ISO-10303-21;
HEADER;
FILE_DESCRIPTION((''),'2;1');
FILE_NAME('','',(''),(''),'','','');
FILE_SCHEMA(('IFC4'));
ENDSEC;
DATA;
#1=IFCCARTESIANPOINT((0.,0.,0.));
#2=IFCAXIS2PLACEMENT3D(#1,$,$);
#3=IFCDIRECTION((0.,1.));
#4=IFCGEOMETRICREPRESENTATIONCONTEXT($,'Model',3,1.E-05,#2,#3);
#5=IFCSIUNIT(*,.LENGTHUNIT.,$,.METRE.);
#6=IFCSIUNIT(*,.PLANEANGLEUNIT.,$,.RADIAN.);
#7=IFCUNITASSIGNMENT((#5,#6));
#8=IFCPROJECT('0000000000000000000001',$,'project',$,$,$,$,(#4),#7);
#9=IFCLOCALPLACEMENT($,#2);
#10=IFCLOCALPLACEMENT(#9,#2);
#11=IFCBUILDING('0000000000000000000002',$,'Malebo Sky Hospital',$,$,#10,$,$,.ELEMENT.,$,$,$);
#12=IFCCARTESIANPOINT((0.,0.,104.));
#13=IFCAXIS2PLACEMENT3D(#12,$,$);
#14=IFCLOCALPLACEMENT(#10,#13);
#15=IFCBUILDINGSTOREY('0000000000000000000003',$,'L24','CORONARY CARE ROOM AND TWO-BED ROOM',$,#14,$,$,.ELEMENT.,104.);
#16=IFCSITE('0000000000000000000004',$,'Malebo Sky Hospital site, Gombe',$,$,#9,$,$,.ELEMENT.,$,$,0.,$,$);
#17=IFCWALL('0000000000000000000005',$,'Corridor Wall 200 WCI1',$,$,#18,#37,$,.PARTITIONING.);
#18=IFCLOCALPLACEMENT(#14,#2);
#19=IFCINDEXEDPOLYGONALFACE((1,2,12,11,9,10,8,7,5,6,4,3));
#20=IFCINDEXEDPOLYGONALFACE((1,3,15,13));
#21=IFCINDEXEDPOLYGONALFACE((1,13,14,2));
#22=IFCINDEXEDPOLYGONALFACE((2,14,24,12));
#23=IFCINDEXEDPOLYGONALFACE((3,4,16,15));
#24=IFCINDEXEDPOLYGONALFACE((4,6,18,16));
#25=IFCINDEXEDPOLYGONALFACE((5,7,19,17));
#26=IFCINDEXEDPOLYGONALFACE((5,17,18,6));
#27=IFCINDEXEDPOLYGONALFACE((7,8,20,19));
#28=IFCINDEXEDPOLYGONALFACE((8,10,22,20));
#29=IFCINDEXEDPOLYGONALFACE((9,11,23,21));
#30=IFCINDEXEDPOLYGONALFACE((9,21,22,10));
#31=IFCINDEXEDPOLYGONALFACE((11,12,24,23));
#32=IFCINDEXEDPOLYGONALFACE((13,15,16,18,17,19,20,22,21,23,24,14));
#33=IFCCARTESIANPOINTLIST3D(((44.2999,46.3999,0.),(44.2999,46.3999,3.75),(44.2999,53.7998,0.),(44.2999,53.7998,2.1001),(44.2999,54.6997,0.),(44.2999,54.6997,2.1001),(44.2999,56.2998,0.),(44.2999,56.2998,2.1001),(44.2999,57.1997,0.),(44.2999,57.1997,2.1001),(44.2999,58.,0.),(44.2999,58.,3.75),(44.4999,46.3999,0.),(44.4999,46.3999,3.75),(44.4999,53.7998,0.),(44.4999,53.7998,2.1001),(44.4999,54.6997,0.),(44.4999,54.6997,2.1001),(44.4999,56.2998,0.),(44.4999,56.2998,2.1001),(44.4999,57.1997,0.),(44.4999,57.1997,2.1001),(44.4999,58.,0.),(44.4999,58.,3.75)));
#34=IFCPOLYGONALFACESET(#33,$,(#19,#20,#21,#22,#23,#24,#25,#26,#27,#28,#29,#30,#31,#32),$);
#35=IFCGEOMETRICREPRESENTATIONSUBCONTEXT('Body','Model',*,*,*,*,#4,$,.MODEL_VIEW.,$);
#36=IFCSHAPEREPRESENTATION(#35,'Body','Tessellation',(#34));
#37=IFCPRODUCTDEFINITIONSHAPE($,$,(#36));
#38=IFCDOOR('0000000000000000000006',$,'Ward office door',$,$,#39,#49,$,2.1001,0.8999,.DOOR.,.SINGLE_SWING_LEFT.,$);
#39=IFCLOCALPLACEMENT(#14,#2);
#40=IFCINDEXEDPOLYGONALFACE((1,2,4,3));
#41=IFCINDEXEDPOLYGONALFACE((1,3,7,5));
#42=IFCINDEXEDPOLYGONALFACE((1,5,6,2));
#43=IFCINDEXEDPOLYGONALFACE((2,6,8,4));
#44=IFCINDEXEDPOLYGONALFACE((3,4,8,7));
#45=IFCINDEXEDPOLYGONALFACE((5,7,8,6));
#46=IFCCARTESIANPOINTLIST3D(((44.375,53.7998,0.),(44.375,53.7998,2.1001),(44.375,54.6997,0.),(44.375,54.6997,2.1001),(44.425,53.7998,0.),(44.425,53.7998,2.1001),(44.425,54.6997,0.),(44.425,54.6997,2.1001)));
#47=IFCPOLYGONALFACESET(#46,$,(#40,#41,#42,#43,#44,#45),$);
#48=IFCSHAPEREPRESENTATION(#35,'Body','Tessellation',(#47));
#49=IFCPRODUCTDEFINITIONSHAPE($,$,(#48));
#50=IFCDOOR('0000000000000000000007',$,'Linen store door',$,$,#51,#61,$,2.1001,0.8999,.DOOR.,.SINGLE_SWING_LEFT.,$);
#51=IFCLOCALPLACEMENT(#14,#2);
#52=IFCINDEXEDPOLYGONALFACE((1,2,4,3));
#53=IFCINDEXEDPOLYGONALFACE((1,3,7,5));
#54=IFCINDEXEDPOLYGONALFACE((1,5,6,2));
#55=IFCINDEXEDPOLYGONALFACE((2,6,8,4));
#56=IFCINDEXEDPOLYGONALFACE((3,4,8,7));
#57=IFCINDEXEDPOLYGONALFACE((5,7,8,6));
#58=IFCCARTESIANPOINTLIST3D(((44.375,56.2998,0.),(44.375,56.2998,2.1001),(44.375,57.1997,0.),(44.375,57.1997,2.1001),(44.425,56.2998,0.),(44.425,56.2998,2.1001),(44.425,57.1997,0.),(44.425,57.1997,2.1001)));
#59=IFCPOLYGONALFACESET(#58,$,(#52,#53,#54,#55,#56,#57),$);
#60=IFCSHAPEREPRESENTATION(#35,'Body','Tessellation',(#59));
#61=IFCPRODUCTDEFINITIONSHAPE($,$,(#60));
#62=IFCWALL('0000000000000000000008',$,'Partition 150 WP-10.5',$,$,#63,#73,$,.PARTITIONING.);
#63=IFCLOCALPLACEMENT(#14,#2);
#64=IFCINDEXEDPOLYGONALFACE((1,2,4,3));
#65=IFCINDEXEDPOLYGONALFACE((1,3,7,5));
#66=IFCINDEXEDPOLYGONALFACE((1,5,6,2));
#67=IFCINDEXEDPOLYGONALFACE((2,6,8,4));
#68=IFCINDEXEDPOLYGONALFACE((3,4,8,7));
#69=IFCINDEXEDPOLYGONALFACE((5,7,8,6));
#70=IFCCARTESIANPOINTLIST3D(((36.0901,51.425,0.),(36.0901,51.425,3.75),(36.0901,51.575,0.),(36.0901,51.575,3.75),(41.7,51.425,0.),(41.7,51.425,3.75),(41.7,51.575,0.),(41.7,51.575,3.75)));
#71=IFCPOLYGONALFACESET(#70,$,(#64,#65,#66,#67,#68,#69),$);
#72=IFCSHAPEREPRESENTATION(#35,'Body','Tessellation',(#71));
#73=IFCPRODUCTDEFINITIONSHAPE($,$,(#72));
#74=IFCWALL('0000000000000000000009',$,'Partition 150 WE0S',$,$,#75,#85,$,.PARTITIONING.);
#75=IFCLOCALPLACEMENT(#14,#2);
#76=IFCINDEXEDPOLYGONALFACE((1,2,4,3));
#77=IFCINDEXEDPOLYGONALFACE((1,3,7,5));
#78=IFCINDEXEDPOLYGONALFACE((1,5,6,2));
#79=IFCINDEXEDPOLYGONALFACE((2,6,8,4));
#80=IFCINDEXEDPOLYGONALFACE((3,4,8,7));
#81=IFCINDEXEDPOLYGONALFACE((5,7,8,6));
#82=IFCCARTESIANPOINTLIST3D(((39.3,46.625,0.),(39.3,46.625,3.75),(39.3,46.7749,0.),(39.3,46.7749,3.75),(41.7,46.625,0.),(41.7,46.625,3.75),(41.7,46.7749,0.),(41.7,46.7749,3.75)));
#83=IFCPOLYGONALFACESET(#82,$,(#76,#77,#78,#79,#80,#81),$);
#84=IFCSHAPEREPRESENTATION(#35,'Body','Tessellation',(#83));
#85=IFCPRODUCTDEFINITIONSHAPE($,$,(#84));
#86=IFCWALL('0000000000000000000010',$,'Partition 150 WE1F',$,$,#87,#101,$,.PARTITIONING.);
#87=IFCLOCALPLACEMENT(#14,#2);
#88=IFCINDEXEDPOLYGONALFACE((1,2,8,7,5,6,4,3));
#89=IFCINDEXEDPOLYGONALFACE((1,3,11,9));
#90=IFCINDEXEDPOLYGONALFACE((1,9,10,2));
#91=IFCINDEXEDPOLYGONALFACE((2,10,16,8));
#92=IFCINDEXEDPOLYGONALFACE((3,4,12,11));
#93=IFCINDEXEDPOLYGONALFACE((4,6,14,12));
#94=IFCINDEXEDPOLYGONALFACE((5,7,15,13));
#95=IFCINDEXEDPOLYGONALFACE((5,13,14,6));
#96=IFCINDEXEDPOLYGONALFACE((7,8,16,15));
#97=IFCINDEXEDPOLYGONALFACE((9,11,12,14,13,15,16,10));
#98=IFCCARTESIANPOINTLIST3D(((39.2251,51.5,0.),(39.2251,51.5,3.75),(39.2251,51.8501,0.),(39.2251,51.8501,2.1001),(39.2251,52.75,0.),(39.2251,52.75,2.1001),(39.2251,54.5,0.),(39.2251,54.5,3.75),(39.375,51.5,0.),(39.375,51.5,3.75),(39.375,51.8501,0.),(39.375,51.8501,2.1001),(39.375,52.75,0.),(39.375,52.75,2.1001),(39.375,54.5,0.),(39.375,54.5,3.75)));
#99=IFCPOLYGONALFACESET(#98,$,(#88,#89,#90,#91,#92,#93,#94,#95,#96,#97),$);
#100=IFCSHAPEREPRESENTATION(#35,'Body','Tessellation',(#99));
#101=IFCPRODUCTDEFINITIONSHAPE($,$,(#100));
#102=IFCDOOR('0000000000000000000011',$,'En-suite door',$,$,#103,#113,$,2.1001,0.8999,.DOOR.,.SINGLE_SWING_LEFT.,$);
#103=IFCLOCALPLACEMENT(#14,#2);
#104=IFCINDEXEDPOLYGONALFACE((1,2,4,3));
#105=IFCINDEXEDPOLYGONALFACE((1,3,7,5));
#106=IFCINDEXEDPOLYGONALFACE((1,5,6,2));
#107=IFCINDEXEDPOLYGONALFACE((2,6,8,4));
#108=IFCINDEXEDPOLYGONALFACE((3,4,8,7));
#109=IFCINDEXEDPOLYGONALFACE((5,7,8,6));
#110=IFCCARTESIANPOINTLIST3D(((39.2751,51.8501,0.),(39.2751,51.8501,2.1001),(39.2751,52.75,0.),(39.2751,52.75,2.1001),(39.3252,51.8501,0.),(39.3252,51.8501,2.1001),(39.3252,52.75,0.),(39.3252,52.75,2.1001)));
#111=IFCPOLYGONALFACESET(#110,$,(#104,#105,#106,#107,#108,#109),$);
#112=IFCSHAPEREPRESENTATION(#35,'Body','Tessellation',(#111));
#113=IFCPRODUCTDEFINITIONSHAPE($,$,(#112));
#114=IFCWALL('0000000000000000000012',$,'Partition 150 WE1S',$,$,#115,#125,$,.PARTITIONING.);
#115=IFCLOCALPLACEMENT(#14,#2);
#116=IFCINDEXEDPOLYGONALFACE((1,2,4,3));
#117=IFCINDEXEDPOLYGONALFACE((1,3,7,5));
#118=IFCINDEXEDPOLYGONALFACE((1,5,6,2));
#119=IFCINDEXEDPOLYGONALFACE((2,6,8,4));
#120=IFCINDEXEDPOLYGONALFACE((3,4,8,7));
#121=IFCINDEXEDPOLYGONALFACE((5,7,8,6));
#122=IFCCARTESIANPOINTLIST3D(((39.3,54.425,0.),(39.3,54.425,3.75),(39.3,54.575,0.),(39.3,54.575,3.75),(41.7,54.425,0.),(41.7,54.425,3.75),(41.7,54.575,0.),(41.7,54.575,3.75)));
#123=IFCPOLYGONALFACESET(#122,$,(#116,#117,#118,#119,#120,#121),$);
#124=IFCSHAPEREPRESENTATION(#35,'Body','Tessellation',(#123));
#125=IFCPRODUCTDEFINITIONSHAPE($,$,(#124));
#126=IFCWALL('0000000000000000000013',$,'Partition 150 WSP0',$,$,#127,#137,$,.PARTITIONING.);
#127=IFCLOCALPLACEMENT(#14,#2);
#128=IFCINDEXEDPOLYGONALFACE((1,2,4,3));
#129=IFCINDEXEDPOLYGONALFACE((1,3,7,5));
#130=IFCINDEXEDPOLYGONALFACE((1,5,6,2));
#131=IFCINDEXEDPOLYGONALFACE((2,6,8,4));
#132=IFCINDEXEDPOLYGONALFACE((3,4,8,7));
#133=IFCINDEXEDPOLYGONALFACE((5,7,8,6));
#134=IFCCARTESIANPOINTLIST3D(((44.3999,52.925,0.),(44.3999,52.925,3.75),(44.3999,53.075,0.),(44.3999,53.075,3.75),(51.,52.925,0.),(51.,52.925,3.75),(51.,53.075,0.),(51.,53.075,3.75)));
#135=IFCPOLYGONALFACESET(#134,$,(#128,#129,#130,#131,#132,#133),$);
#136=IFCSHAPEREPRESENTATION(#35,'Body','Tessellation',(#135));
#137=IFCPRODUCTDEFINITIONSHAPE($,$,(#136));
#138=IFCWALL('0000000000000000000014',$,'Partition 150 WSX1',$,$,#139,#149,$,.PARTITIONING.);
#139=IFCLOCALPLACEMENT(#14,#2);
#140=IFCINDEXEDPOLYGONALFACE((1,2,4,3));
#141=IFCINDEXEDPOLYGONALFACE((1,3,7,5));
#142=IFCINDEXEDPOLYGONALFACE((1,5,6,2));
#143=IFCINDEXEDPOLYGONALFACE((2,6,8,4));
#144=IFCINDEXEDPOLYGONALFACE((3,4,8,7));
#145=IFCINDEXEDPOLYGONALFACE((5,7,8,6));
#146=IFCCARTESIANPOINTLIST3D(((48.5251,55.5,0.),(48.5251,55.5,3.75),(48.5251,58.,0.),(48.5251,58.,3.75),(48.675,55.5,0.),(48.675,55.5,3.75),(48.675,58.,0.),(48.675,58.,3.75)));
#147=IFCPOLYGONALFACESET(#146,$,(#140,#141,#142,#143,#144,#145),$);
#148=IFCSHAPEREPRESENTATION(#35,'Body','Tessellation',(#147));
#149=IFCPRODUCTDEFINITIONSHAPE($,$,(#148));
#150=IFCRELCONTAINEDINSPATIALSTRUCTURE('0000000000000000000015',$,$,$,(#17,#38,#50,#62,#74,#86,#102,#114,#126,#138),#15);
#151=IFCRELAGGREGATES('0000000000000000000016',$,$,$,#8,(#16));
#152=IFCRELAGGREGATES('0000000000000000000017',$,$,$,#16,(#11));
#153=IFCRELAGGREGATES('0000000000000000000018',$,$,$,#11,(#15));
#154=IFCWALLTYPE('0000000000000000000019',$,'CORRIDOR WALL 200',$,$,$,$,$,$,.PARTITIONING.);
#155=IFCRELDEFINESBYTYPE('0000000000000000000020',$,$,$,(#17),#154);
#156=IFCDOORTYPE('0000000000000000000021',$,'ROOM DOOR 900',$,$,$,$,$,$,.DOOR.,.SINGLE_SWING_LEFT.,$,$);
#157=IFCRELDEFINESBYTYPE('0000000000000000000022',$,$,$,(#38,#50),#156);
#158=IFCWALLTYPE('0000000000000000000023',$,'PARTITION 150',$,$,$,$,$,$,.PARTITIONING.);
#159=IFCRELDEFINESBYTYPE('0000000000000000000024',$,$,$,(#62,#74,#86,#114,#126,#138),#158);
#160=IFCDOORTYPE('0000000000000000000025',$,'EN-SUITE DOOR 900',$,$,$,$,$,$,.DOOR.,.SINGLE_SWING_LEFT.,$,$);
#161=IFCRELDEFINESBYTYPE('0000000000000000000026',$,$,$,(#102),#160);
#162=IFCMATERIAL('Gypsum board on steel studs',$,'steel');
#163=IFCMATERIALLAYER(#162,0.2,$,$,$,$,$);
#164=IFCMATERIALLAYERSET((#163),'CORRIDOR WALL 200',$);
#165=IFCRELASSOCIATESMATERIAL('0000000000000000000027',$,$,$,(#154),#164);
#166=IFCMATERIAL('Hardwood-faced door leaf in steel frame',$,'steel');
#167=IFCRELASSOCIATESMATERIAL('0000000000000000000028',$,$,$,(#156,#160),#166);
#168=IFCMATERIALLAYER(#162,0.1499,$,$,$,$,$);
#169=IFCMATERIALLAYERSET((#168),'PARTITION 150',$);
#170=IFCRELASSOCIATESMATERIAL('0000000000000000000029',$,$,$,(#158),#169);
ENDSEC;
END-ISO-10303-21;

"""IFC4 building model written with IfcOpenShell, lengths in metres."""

from ifc_helpers import new_model, si_unit, direction, frame, frame_2d, origin, place, context, subcontext, project, spatial, rectangle, extrude, material, layer, layer_set, type_object, element, fill, save


model = new_model("IFC4")

# Units and contexts
model_context = context("Model", 3, precision=1e-05, world=origin(), true_north=direction((0.0, 1.0)))
body_context = subcontext(model_context, "Body", "Model", "MODEL_VIEW")
ifc_project = project(units=[si_unit("LENGTHUNIT", "METRE"), si_unit("PLANEANGLEUNIT", "RADIAN")], contexts=[model_context])

# Site, building, storey
site_placement = place(None, origin())
site = spatial("IfcSite", under=ifc_project, at=site_placement, Name="Malebo Sky Hospital site, Gombe", CompositionType="ELEMENT", RefElevation=0.0)
building_placement = place(site_placement, origin())
building = spatial("IfcBuilding", under=site, at=building_placement, Name="Malebo Sky Hospital", CompositionType="ELEMENT")
storey_placement = place(building_placement, frame((0.0, 0.0, 104.0)))
storey = spatial("IfcBuildingStorey", under=building, at=storey_placement, Name="L24", Description="CORONARY CARE ROOM AND TWO-BED ROOM", CompositionType="ELEMENT", Elevation=104.0)

# Wall, openings, doors
ifc_material_1 = material(Name="Gypsum board on steel studs", Category="steel")
ifc_layer_1 = layer(ifc_material_1, 0.2)
ifc_layer_set_1 = layer_set([ifc_layer_1], Name="CORRIDOR WALL 200")
wall_type_1 = type_object("IfcWallType", Name="CORRIDOR WALL 200", PredefinedType="PARTITIONING", material=ifc_layer_set_1)
wall_1_placement = place(storey_placement, frame((44.3999, 46.3999, 0.0), z_axis=(0.0, 0.0, 1.0), x_axis=(0.0, 1.0, 0.0)))
wall_1 = element("IfcWall", 1, at=wall_1_placement, inside=storey, type_object=wall_type_1, Name="Corridor Wall 200 WCI1", PredefinedType="PARTITIONING", context=body_context, shape_type="SweptSolid", body=[
    extrude(rectangle(XDim=11.6001, YDim=0.2, at=frame_2d((5.8, 0.0))), origin(), (0.0, 0.0, 1.0), 3.75),
])
opening_1_placement = place(wall_1_placement, frame((7.3999, 0.0, 0.0)))
opening_1 = element("IfcOpeningElement", 2, at=opening_1_placement, cuts=wall_1, PredefinedType="OPENING", context=body_context, shape_type="SweptSolid", body=[
    extrude(rectangle(XDim=0.8999, YDim=2.1001, at=frame_2d((0.45, 1.05))), frame((0.0, 0.1099, 0.0), z_axis=(0.0, -1.0, 0.0), x_axis=(1.0, 0.0, 0.0)), (0.0, 0.0, 1.0), 0.22),
])
opening_2_placement = place(wall_1_placement, frame((9.8999, 0.0, 0.0)))
opening_2 = element("IfcOpeningElement", 3, at=opening_2_placement, cuts=wall_1, PredefinedType="OPENING", context=body_context, shape_type="SweptSolid", body=[
    extrude(rectangle(XDim=0.8999, YDim=2.1001, at=frame_2d((0.45, 1.05))), frame((0.0, 0.1099, 0.0), z_axis=(0.0, -1.0, 0.0), x_axis=(1.0, 0.0, 0.0)), (0.0, 0.0, 1.0), 0.22),
])
ifc_material_2 = material(Name="Hardwood-faced door leaf in steel frame", Category="steel")
door_type_1 = type_object("IfcDoorType", Name="ROOM DOOR 900", OperationType="SINGLE_SWING_LEFT", PredefinedType="DOOR", material=ifc_material_2)
door_1_placement = place(opening_1_placement, origin())
door_1 = element("IfcDoor", 4, at=door_1_placement, inside=storey, type_object=door_type_1, Name="Ward office door", OperationType="SINGLE_SWING_LEFT", OverallHeight=2.1001, OverallWidth=0.8999, PredefinedType="DOOR", context=body_context, shape_type="SweptSolid", body=[
    extrude(rectangle(XDim=0.8999, YDim=2.1001, at=frame_2d((0.45, 1.05))), frame((0.0, 0.0249, 0.0), z_axis=(0.0, -1.0, 0.0), x_axis=(1.0, 0.0, 0.0)), (0.0, 0.0, 1.0), 0.05),
])
fill(opening_1, door_1)
door_2_placement = place(opening_2_placement, origin())
door_2 = element("IfcDoor", 5, at=door_2_placement, inside=storey, type_object=door_type_1, Name="Linen store door", OperationType="SINGLE_SWING_LEFT", OverallHeight=2.1001, OverallWidth=0.8999, PredefinedType="DOOR", context=body_context, shape_type="SweptSolid", body=[
    extrude(rectangle(XDim=0.8999, YDim=2.1001, at=frame_2d((0.45, 1.05))), frame((0.0, 0.0249, 0.0), z_axis=(0.0, -1.0, 0.0), x_axis=(1.0, 0.0, 0.0)), (0.0, 0.0, 1.0), 0.05),
])
fill(opening_2, door_2)

# Walls
ifc_layer_2 = layer(ifc_material_1, 0.1499)
ifc_layer_set_2 = layer_set([ifc_layer_2], Name="PARTITION 150")
wall_type_2 = type_object("IfcWallType", Name="PARTITION 150", PredefinedType="PARTITIONING", material=ifc_layer_set_2)
wall_2_placement = place(storey_placement, frame((41.7, 51.5, 0.0), z_axis=(0.0, 0.0, 1.0), x_axis=(-1.0, 0.0, 0.0)))
element("IfcWall", 6, at=wall_2_placement, inside=storey, type_object=wall_type_2, Name="Partition 150 WP-10.5", PredefinedType="PARTITIONING", context=body_context, shape_type="SweptSolid", body=[
    extrude(rectangle(XDim=5.6099, YDim=0.1499, at=frame_2d((2.8049, 0.0))), origin(), (0.0, 0.0, 1.0), 3.75),
])
wall_3_placement = place(storey_placement, frame((41.7, 46.7, 0.0), z_axis=(0.0, 0.0, 1.0), x_axis=(-1.0, 0.0, 0.0)))
element("IfcWall", 7, at=wall_3_placement, inside=storey, type_object=wall_type_2, Name="Partition 150 WE0S", PredefinedType="PARTITIONING", context=body_context, shape_type="SweptSolid", body=[
    extrude(rectangle(XDim=2.3999, YDim=0.1499, at=frame_2d((1.2, 0.0))), origin(), (0.0, 0.0, 1.0), 3.75),
])

# Wall, opening, door
wall_4_placement = place(storey_placement, frame((39.3, 51.5, 0.0), z_axis=(0.0, 0.0, 1.0), x_axis=(0.0, 1.0, 0.0)))
wall_4 = element("IfcWall", 8, at=wall_4_placement, inside=storey, type_object=wall_type_2, Name="Partition 150 WE1F", PredefinedType="PARTITIONING", context=body_context, shape_type="SweptSolid", body=[
    extrude(rectangle(XDim=3.0, YDim=0.1499, at=frame_2d((1.5, 0.0))), origin(), (0.0, 0.0, 1.0), 3.75),
])
opening_3_placement = place(wall_4_placement, frame((0.3501, 0.0, 0.0)))
opening_3 = element("IfcOpeningElement", 9, at=opening_3_placement, cuts=wall_4, PredefinedType="OPENING", context=body_context, shape_type="SweptSolid", body=[
    extrude(rectangle(XDim=0.8999, YDim=2.1001, at=frame_2d((0.45, 1.05))), frame((0.0, 0.085, 0.0), z_axis=(0.0, -1.0, 0.0), x_axis=(1.0, 0.0, 0.0)), (0.0, 0.0, 1.0), 0.1699),
])
door_type_2 = type_object("IfcDoorType", Name="EN-SUITE DOOR 900", OperationType="SINGLE_SWING_LEFT", PredefinedType="DOOR", material=ifc_material_2)
door_3_placement = place(opening_3_placement, origin())
door_3 = element("IfcDoor", 10, at=door_3_placement, inside=storey, type_object=door_type_2, Name="En-suite door", OperationType="SINGLE_SWING_LEFT", OverallHeight=2.1001, OverallWidth=0.8999, PredefinedType="DOOR", context=body_context, shape_type="SweptSolid", body=[
    extrude(rectangle(XDim=0.8999, YDim=2.1001, at=frame_2d((0.45, 1.05))), frame((0.0, 0.0249, 0.0), z_axis=(0.0, -1.0, 0.0), x_axis=(1.0, 0.0, 0.0)), (0.0, 0.0, 1.0), 0.05),
])
fill(opening_3, door_3)

# Walls
wall_5_placement = place(storey_placement, frame((41.7, 54.5, 0.0), z_axis=(0.0, 0.0, 1.0), x_axis=(-1.0, 0.0, 0.0)))
element("IfcWall", 11, at=wall_5_placement, inside=storey, type_object=wall_type_2, Name="Partition 150 WE1S", PredefinedType="PARTITIONING", context=body_context, shape_type="SweptSolid", body=[
    extrude(rectangle(XDim=2.3999, YDim=0.1499, at=frame_2d((1.2, 0.0))), origin(), (0.0, 0.0, 1.0), 3.75),
])
wall_6_placement = place(storey_placement, frame((51.0, 53.0, 0.0), z_axis=(0.0, 0.0, 1.0), x_axis=(-1.0, 0.0, 0.0)))
element("IfcWall", 12, at=wall_6_placement, inside=storey, type_object=wall_type_2, Name="Partition 150 WSP0", PredefinedType="PARTITIONING", context=body_context, shape_type="SweptSolid", body=[
    extrude(rectangle(XDim=6.6001, YDim=0.1499, at=frame_2d((3.3, 0.0))), origin(), (0.0, 0.0, 1.0), 3.75),
])
wall_7_placement = place(storey_placement, frame((48.6001, 55.5, 0.0), z_axis=(0.0, 0.0, 1.0), x_axis=(0.0, 1.0, 0.0)))
element("IfcWall", 13, at=wall_7_placement, inside=storey, type_object=wall_type_2, Name="Partition 150 WSX1", PredefinedType="PARTITIONING", context=body_context, shape_type="SweptSolid", body=[
    extrude(rectangle(XDim=2.5, YDim=0.1499, at=frame_2d((1.25, 0.0))), origin(), (0.0, 0.0, 1.0), 3.75),
])

save(model, "model.ifc")
